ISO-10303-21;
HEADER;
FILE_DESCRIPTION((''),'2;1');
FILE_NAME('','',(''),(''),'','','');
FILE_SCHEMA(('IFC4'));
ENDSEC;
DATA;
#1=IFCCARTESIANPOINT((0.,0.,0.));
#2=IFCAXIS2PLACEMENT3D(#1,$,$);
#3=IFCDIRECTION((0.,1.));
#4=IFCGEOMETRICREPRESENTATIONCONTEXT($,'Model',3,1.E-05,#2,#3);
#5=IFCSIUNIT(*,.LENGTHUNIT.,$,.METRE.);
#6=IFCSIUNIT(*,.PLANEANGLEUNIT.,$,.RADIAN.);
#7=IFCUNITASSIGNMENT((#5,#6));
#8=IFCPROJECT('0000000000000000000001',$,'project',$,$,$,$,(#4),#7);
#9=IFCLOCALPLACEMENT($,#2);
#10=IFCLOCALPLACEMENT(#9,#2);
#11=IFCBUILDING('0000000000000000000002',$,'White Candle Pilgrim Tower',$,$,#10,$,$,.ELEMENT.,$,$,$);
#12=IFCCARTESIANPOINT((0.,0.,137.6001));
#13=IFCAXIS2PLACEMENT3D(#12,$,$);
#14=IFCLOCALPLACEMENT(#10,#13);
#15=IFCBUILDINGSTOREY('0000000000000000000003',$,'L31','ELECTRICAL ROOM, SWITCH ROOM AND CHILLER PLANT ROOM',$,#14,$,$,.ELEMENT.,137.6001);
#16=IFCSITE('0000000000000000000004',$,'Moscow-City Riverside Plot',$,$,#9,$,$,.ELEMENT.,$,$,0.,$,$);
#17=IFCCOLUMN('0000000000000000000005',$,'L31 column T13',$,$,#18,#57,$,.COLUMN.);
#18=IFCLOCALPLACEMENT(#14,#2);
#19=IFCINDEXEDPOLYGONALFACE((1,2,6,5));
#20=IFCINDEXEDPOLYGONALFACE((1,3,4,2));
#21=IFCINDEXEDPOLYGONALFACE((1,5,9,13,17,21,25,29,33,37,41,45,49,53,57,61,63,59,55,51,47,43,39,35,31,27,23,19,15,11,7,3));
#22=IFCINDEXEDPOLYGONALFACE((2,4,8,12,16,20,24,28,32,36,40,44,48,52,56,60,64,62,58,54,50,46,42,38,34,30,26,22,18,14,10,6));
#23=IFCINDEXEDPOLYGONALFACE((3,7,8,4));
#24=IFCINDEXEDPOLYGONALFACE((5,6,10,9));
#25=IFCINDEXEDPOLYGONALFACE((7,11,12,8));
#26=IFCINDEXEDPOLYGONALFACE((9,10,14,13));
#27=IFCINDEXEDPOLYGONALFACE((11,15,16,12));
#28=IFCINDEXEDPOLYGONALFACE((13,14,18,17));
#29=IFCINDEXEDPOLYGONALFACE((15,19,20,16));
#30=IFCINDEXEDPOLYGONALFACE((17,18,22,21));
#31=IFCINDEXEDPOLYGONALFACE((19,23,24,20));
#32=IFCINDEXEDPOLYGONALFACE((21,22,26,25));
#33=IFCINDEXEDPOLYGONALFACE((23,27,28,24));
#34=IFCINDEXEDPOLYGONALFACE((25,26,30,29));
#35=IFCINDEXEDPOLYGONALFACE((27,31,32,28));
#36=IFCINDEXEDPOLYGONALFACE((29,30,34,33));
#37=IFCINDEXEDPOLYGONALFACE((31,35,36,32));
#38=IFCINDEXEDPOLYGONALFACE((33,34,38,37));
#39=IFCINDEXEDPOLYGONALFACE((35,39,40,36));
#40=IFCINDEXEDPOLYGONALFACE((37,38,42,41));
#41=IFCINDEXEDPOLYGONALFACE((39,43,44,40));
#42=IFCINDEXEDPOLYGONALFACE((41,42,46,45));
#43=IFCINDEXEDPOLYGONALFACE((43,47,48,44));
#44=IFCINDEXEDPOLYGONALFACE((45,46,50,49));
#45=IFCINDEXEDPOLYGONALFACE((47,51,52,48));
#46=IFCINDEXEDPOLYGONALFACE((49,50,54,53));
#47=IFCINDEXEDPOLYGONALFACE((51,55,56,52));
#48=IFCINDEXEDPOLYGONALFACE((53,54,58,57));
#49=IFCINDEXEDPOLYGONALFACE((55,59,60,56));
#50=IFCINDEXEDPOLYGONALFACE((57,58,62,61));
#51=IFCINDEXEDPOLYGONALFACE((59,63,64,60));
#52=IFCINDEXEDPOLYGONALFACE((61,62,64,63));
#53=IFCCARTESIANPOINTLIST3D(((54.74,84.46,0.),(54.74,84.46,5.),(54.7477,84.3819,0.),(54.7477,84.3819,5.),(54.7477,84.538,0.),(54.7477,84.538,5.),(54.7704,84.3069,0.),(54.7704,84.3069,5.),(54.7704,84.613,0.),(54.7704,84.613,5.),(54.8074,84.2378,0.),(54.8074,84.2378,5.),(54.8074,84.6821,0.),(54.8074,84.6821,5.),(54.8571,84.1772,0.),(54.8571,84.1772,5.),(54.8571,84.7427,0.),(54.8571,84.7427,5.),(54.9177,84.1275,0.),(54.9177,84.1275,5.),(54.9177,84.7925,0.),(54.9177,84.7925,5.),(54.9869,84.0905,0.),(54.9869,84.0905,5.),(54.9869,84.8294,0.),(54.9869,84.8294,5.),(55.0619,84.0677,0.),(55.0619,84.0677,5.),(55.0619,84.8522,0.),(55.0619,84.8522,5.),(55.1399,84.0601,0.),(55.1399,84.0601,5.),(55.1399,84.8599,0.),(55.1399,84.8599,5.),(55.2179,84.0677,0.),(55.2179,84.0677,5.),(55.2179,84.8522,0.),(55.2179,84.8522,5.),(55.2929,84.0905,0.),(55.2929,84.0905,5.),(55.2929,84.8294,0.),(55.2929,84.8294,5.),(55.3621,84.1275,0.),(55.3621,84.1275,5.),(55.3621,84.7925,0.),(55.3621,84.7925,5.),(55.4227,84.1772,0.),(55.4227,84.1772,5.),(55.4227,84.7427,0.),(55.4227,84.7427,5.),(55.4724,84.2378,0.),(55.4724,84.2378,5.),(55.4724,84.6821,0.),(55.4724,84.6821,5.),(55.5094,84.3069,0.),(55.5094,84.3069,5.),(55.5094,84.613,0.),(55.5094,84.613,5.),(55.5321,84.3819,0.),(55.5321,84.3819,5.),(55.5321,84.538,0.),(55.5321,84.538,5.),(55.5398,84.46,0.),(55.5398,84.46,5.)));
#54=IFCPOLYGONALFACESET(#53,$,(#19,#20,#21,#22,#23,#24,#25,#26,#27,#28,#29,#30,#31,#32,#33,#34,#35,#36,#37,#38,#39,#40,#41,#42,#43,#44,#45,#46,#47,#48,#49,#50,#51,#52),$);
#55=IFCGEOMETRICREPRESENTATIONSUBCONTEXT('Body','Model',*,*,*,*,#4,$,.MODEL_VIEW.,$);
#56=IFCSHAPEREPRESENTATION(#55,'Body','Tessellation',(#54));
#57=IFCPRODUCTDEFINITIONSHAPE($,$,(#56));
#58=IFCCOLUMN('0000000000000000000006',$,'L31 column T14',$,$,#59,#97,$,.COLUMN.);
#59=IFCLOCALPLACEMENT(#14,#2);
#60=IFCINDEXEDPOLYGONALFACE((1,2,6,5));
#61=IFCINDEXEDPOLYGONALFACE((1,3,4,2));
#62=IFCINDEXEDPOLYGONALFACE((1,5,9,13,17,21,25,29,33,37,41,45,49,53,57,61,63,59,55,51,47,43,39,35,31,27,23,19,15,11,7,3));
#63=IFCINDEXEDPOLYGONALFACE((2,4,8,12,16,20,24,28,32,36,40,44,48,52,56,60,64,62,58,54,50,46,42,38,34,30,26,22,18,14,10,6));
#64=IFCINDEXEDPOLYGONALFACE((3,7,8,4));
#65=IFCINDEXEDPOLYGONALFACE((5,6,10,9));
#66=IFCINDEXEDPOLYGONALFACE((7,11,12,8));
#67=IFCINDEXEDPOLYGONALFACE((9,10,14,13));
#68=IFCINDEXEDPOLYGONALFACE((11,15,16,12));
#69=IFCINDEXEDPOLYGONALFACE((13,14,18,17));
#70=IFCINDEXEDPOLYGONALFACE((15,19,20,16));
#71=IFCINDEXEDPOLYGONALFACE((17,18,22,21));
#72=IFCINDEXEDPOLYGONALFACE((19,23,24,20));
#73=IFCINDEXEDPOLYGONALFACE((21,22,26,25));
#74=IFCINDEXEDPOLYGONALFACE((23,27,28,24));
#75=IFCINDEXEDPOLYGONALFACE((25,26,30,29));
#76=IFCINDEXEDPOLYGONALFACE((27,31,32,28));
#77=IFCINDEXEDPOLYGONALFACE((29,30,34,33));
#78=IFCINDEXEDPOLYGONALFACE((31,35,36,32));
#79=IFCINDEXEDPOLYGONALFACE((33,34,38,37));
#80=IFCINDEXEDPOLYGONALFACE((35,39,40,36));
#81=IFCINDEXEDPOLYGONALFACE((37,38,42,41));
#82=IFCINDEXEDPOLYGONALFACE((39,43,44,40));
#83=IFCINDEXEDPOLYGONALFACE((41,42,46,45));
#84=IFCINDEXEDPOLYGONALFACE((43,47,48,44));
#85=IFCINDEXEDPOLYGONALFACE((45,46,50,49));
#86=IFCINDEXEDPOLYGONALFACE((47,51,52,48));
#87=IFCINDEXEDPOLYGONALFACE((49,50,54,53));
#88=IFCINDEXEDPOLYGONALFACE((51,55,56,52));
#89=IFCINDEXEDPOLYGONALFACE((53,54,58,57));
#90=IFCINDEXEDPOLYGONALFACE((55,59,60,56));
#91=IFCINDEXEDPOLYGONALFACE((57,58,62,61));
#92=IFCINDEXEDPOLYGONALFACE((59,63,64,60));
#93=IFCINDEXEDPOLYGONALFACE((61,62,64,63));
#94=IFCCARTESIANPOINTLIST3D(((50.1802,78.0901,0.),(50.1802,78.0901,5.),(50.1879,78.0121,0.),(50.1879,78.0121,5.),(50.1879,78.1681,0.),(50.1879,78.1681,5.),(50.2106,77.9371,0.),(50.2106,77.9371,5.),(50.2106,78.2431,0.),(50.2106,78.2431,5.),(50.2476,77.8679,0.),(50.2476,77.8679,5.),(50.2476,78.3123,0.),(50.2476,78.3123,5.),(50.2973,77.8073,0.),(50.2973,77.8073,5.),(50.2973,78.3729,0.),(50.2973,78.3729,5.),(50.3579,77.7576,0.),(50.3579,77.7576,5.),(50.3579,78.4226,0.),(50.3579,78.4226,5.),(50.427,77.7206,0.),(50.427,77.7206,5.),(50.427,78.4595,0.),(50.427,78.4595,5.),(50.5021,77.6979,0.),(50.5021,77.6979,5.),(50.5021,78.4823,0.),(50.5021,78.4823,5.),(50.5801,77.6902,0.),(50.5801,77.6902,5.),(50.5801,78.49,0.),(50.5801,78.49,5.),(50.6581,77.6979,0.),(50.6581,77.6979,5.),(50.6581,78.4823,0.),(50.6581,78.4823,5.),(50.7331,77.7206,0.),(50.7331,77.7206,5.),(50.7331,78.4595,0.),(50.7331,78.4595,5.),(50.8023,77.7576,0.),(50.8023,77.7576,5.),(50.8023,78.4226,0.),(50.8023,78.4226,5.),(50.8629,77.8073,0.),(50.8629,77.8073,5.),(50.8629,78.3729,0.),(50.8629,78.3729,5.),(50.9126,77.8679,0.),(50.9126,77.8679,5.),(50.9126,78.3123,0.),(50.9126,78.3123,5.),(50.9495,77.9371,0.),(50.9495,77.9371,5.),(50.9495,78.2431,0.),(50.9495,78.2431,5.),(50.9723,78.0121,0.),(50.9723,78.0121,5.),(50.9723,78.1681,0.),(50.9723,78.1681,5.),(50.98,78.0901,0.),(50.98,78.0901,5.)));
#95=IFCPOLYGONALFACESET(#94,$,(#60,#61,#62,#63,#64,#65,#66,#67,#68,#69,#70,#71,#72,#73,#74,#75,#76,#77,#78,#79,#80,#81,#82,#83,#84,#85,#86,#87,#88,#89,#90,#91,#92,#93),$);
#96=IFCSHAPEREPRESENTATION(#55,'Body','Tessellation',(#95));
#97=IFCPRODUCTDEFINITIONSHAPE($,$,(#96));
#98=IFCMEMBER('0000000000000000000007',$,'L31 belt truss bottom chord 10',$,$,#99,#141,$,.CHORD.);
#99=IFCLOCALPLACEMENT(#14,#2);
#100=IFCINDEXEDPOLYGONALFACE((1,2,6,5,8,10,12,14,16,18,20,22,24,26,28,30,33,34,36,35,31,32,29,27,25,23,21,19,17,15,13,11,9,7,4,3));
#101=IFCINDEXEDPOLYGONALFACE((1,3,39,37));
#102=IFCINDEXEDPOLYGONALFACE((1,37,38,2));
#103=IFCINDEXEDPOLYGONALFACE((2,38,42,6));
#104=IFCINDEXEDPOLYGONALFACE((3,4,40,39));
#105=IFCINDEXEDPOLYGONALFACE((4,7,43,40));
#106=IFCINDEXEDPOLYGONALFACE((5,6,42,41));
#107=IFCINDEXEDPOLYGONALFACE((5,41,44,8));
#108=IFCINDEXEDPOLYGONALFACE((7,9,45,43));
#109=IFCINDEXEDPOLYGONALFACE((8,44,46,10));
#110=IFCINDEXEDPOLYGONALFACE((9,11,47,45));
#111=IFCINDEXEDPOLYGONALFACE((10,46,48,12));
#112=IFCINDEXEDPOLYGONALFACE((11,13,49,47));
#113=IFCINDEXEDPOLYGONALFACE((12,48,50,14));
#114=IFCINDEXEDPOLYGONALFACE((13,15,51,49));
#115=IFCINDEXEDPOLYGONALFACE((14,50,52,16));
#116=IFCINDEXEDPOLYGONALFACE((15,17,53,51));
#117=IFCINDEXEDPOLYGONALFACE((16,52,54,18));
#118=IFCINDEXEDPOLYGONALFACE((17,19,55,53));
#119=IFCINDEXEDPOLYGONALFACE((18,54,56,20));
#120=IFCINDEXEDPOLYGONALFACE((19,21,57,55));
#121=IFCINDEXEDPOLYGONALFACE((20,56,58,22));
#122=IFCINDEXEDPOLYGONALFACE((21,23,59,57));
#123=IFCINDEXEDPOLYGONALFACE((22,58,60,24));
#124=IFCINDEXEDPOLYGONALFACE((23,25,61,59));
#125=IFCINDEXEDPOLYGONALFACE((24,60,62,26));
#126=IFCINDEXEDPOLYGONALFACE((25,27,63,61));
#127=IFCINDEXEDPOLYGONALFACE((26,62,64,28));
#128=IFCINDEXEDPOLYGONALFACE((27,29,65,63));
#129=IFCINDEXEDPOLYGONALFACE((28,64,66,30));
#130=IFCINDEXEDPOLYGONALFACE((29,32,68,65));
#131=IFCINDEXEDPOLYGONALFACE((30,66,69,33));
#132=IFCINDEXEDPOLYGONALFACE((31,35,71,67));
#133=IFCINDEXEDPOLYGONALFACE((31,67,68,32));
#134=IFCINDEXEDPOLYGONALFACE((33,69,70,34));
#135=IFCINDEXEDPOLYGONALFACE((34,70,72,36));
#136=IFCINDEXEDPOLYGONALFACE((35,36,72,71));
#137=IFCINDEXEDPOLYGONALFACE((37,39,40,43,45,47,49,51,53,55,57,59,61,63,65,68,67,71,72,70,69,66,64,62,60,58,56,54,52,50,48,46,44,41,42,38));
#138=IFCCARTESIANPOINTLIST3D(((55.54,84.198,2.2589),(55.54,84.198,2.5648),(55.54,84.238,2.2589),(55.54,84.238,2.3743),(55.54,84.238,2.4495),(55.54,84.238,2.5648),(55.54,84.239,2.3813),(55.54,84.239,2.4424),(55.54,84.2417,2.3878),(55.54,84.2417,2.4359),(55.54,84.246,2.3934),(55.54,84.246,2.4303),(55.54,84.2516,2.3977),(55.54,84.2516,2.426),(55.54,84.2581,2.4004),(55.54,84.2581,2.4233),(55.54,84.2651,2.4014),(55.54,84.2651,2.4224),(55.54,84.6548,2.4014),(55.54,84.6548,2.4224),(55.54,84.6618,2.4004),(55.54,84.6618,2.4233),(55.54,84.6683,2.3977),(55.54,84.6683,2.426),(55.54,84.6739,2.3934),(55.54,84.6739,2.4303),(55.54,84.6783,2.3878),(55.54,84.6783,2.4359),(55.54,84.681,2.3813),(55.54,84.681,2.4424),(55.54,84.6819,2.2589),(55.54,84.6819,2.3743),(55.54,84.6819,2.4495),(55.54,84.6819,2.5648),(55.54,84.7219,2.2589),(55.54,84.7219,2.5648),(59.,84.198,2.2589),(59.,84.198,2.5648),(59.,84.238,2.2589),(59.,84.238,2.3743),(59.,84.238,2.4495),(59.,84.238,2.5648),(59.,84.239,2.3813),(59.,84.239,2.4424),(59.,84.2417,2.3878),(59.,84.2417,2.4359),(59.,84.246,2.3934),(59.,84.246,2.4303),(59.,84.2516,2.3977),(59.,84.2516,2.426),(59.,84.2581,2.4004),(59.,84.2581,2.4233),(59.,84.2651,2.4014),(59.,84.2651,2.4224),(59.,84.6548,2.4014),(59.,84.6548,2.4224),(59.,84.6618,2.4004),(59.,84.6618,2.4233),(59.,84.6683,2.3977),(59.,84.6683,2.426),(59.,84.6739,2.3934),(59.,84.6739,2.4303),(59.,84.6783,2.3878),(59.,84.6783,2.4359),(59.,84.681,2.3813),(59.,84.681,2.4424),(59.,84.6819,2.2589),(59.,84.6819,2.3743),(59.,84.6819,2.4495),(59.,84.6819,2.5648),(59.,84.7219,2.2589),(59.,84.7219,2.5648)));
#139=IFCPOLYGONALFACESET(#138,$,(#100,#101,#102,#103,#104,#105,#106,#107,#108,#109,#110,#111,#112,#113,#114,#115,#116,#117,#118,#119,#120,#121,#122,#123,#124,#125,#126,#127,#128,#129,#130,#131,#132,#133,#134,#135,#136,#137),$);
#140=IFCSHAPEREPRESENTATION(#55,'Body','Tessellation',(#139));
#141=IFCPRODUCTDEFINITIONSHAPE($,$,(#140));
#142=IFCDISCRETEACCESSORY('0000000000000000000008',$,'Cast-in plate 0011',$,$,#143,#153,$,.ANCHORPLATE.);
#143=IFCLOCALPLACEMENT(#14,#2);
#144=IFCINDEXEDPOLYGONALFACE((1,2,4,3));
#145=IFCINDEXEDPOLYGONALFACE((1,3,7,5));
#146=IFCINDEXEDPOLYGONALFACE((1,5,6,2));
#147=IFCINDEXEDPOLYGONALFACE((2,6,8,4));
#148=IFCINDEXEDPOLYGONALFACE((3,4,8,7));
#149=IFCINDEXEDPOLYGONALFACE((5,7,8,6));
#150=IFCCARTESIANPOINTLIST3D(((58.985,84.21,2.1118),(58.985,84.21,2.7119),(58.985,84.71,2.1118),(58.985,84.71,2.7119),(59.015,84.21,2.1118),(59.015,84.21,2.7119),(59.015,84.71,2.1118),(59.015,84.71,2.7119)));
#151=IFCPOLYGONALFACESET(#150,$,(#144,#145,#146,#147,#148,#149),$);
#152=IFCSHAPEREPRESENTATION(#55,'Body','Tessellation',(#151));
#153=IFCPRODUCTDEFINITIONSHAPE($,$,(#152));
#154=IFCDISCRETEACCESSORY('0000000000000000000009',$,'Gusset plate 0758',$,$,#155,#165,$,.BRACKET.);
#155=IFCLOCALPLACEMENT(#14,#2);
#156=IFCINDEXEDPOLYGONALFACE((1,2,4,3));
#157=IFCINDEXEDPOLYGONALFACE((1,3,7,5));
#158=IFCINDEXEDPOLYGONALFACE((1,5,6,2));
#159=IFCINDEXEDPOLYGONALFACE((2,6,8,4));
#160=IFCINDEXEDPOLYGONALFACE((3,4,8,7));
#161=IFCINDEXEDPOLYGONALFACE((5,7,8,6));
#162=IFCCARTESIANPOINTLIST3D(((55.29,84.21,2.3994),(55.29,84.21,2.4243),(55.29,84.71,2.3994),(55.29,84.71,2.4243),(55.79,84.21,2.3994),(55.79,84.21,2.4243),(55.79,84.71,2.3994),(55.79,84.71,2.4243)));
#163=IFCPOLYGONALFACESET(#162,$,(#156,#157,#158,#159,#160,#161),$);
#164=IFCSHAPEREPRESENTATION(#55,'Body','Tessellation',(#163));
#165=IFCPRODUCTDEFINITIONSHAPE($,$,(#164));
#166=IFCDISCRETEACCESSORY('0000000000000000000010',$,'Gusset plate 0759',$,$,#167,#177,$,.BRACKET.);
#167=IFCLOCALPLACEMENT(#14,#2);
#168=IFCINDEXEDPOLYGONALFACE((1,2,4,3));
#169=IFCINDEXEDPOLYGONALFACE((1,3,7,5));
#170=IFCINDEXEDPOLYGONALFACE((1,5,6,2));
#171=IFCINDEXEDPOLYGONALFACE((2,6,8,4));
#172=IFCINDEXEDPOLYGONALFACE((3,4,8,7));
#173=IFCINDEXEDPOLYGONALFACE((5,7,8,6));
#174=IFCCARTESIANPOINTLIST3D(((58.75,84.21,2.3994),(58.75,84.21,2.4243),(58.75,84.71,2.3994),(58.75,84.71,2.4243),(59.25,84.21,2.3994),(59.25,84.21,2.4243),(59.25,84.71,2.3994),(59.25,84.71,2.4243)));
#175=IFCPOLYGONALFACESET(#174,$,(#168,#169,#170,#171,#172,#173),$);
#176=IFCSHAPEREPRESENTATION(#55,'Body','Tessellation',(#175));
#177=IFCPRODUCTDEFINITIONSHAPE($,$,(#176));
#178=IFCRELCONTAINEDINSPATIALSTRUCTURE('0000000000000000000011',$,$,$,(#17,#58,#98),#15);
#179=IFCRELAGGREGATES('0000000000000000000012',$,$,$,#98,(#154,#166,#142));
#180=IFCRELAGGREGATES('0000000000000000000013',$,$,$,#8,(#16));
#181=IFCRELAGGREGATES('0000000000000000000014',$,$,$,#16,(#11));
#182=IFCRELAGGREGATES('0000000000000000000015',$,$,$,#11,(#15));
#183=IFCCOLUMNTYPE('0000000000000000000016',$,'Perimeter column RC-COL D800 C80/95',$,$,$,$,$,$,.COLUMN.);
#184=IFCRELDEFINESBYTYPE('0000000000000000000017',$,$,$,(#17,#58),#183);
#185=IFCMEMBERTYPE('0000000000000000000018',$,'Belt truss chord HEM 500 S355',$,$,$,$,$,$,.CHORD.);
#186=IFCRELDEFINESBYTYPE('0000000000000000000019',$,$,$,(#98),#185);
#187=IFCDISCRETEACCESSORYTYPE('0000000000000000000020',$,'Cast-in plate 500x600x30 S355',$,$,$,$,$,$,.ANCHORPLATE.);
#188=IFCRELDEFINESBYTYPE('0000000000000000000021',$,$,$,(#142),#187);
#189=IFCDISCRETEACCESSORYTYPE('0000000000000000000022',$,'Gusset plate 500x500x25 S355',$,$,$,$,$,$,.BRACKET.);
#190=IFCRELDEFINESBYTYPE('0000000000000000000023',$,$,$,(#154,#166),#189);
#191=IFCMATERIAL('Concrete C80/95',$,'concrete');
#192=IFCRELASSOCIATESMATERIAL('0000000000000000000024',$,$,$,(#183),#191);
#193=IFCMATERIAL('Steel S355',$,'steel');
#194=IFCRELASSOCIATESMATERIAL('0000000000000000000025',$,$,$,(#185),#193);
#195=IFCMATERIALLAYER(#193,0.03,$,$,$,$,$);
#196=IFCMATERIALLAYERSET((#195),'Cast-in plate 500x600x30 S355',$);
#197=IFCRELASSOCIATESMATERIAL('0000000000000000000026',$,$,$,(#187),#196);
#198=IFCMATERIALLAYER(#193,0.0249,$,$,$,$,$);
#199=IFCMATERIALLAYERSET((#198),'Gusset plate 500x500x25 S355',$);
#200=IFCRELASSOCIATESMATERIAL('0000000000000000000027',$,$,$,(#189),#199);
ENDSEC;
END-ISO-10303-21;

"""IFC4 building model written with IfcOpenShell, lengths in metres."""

from ifc_helpers import new_model, si_unit, direction, frame, origin, origin_2d, place, context, subcontext, project, spatial, rectangle, circle, i_section, extrude, material, layer, layer_set, material_profile, profile_set, type_object, element, aggregate, save


model = new_model("IFC4")

# Units and contexts
model_context = context("Model", 3, precision=1e-05, world=origin(), true_north=direction((0.0, 1.0)))
body_context = subcontext(model_context, "Body", "Model", "MODEL_VIEW")
ifc_project = project(units=[si_unit("LENGTHUNIT", "METRE"), si_unit("PLANEANGLEUNIT", "RADIAN")], contexts=[model_context])

# Site, building, storey
site_placement = place(None, origin())
site = spatial("IfcSite", under=ifc_project, at=site_placement, Name="Moscow-City Riverside Plot", CompositionType="ELEMENT", RefElevation=0.0)
building_placement = place(site_placement, origin())
building = spatial("IfcBuilding", under=site, at=building_placement, Name="White Candle Pilgrim Tower", CompositionType="ELEMENT")
storey_placement = place(building_placement, frame((0.0, 0.0, 137.6001)))
storey = spatial("IfcBuildingStorey", under=building, at=storey_placement, Name="L31", Description="ELECTRICAL ROOM, SWITCH ROOM AND CHILLER PLANT ROOM", CompositionType="ELEMENT", Elevation=137.6001)

# Columns
ifc_material_1 = material(Name="Concrete C80/95", Category="concrete")
ifc_material_profile_1 = material_profile(ifc_material_1, circle(Radius=0.3999, at=origin_2d()), Name="RC-COL D800")
ifc_profile_set_1 = profile_set([ifc_material_profile_1], Name="Concrete C80/95")
column_type = type_object("IfcColumnType", Name="Perimeter column RC-COL D800 C80/95", PredefinedType="COLUMN", material=ifc_profile_set_1)
for number, where, z_axis, x_axis, name in (
    (1, (55.1399, 84.46, 0.0), (0.0, 0.0, 1.0), (1.0, 0.0, 0.0), "L31 column T13"),
    (2, (50.5801, 78.0901, 0.0), (0.0, 0.0, 1.0), (1.0, 0.0, 0.0), "L31 column T14"),
):
    element("IfcColumn", number, at=place(storey_placement, frame(where, z_axis=z_axis, x_axis=x_axis)), inside=storey, type_object=column_type, Name=name, PredefinedType="COLUMN", context=body_context, shape_type="SweptSolid", body=[
        extrude(circle(Radius=0.3999, at=origin_2d()), origin(), (0.0, 0.0, 1.0), 5.0),
    ])

# Member
ifc_material_2 = material(Name="Steel S355", Category="steel")
ifc_material_profile_2 = material_profile(ifc_material_2, i_section(OverallWidth=0.3059, OverallDepth=0.5239, WebThickness=0.021, FlangeThickness=0.04, FilletRadius=0.0271, at=origin_2d()), Name="HEM 500")
ifc_profile_set_2 = profile_set([ifc_material_profile_2], Name="Steel S355")
member_type_1 = type_object("IfcMemberType", Name="Belt truss chord HEM 500 S355", PredefinedType="CHORD", material=ifc_profile_set_2)
member_1_placement = place(storey_placement, frame((55.54, 84.46, 2.4119), z_axis=(1.0, 0.0, 0.0), x_axis=(0.0, 0.0, 1.0)))
member_1 = element("IfcMember", 3, at=member_1_placement, inside=storey, type_object=member_type_1, Name="L31 belt truss bottom chord 10", PredefinedType="CHORD", context=body_context, shape_type="SweptSolid", body=[
    extrude(i_section(OverallWidth=0.3059, OverallDepth=0.5239, WebThickness=0.021, FlangeThickness=0.04, FilletRadius=0.0271, at=origin_2d()), origin(), (0.0, 0.0, 1.0), 3.46),
])

# Discrete accessories
ifc_layer_1 = layer(ifc_material_2, 0.03)
ifc_layer_set_1 = layer_set([ifc_layer_1], Name="Cast-in plate 500x600x30 S355")
discrete_accessory_type_1 = type_object("IfcDiscreteAccessoryType", Name="Cast-in plate 500x600x30 S355", PredefinedType="ANCHORPLATE", material=ifc_layer_set_1)
discrete_accessory_1_placement = place(storey_placement, frame((59.0, 84.46, 2.1118), z_axis=(0.0, 0.0, 1.0), x_axis=(-1.0, 0.0, 0.0)))
discrete_accessory_1 = element("IfcDiscreteAccessory", 4, at=discrete_accessory_1_placement, type_object=discrete_accessory_type_1, Name="Cast-in plate 0011", PredefinedType="ANCHORPLATE", context=body_context, shape_type="SweptSolid", body=[
    extrude(rectangle(XDim=0.03, YDim=0.5, at=origin_2d()), origin(), (0.0, 0.0, 1.0), 0.6001),
])
ifc_layer_2 = layer(ifc_material_2, 0.0249)
ifc_layer_set_2 = layer_set([ifc_layer_2], Name="Gusset plate 500x500x25 S355")
discrete_accessory_type_2 = type_object("IfcDiscreteAccessoryType", Name="Gusset plate 500x500x25 S355", PredefinedType="BRACKET", material=ifc_layer_set_2)
discrete_accessory_2_placement = place(storey_placement, frame((55.54, 84.46, 2.3994), z_axis=(0.0, 0.0, 1.0), x_axis=(1.0, 0.0, 0.0)))
discrete_accessory_2 = element("IfcDiscreteAccessory", 5, at=discrete_accessory_2_placement, type_object=discrete_accessory_type_2, Name="Gusset plate 0758", PredefinedType="BRACKET", context=body_context, shape_type="SweptSolid", body=[
    extrude(rectangle(XDim=0.5, YDim=0.5, at=origin_2d()), origin(), (0.0, 0.0, 1.0), 0.0249),
])
discrete_accessory_3_placement = place(storey_placement, frame((59.0, 84.46, 2.3994), z_axis=(0.0, 0.0, 1.0), x_axis=(1.0, 0.0, 0.0)))
discrete_accessory_3 = element("IfcDiscreteAccessory", 6, at=discrete_accessory_3_placement, type_object=discrete_accessory_type_2, Name="Gusset plate 0759", PredefinedType="BRACKET", context=body_context, shape_type="SweptSolid", body=[
    extrude(rectangle(XDim=0.5, YDim=0.5, at=origin_2d()), origin(), (0.0, 0.0, 1.0), 0.0249),
])
aggregate(member_1, [discrete_accessory_2, discrete_accessory_3, discrete_accessory_1])

save(model, "model.ifc")
